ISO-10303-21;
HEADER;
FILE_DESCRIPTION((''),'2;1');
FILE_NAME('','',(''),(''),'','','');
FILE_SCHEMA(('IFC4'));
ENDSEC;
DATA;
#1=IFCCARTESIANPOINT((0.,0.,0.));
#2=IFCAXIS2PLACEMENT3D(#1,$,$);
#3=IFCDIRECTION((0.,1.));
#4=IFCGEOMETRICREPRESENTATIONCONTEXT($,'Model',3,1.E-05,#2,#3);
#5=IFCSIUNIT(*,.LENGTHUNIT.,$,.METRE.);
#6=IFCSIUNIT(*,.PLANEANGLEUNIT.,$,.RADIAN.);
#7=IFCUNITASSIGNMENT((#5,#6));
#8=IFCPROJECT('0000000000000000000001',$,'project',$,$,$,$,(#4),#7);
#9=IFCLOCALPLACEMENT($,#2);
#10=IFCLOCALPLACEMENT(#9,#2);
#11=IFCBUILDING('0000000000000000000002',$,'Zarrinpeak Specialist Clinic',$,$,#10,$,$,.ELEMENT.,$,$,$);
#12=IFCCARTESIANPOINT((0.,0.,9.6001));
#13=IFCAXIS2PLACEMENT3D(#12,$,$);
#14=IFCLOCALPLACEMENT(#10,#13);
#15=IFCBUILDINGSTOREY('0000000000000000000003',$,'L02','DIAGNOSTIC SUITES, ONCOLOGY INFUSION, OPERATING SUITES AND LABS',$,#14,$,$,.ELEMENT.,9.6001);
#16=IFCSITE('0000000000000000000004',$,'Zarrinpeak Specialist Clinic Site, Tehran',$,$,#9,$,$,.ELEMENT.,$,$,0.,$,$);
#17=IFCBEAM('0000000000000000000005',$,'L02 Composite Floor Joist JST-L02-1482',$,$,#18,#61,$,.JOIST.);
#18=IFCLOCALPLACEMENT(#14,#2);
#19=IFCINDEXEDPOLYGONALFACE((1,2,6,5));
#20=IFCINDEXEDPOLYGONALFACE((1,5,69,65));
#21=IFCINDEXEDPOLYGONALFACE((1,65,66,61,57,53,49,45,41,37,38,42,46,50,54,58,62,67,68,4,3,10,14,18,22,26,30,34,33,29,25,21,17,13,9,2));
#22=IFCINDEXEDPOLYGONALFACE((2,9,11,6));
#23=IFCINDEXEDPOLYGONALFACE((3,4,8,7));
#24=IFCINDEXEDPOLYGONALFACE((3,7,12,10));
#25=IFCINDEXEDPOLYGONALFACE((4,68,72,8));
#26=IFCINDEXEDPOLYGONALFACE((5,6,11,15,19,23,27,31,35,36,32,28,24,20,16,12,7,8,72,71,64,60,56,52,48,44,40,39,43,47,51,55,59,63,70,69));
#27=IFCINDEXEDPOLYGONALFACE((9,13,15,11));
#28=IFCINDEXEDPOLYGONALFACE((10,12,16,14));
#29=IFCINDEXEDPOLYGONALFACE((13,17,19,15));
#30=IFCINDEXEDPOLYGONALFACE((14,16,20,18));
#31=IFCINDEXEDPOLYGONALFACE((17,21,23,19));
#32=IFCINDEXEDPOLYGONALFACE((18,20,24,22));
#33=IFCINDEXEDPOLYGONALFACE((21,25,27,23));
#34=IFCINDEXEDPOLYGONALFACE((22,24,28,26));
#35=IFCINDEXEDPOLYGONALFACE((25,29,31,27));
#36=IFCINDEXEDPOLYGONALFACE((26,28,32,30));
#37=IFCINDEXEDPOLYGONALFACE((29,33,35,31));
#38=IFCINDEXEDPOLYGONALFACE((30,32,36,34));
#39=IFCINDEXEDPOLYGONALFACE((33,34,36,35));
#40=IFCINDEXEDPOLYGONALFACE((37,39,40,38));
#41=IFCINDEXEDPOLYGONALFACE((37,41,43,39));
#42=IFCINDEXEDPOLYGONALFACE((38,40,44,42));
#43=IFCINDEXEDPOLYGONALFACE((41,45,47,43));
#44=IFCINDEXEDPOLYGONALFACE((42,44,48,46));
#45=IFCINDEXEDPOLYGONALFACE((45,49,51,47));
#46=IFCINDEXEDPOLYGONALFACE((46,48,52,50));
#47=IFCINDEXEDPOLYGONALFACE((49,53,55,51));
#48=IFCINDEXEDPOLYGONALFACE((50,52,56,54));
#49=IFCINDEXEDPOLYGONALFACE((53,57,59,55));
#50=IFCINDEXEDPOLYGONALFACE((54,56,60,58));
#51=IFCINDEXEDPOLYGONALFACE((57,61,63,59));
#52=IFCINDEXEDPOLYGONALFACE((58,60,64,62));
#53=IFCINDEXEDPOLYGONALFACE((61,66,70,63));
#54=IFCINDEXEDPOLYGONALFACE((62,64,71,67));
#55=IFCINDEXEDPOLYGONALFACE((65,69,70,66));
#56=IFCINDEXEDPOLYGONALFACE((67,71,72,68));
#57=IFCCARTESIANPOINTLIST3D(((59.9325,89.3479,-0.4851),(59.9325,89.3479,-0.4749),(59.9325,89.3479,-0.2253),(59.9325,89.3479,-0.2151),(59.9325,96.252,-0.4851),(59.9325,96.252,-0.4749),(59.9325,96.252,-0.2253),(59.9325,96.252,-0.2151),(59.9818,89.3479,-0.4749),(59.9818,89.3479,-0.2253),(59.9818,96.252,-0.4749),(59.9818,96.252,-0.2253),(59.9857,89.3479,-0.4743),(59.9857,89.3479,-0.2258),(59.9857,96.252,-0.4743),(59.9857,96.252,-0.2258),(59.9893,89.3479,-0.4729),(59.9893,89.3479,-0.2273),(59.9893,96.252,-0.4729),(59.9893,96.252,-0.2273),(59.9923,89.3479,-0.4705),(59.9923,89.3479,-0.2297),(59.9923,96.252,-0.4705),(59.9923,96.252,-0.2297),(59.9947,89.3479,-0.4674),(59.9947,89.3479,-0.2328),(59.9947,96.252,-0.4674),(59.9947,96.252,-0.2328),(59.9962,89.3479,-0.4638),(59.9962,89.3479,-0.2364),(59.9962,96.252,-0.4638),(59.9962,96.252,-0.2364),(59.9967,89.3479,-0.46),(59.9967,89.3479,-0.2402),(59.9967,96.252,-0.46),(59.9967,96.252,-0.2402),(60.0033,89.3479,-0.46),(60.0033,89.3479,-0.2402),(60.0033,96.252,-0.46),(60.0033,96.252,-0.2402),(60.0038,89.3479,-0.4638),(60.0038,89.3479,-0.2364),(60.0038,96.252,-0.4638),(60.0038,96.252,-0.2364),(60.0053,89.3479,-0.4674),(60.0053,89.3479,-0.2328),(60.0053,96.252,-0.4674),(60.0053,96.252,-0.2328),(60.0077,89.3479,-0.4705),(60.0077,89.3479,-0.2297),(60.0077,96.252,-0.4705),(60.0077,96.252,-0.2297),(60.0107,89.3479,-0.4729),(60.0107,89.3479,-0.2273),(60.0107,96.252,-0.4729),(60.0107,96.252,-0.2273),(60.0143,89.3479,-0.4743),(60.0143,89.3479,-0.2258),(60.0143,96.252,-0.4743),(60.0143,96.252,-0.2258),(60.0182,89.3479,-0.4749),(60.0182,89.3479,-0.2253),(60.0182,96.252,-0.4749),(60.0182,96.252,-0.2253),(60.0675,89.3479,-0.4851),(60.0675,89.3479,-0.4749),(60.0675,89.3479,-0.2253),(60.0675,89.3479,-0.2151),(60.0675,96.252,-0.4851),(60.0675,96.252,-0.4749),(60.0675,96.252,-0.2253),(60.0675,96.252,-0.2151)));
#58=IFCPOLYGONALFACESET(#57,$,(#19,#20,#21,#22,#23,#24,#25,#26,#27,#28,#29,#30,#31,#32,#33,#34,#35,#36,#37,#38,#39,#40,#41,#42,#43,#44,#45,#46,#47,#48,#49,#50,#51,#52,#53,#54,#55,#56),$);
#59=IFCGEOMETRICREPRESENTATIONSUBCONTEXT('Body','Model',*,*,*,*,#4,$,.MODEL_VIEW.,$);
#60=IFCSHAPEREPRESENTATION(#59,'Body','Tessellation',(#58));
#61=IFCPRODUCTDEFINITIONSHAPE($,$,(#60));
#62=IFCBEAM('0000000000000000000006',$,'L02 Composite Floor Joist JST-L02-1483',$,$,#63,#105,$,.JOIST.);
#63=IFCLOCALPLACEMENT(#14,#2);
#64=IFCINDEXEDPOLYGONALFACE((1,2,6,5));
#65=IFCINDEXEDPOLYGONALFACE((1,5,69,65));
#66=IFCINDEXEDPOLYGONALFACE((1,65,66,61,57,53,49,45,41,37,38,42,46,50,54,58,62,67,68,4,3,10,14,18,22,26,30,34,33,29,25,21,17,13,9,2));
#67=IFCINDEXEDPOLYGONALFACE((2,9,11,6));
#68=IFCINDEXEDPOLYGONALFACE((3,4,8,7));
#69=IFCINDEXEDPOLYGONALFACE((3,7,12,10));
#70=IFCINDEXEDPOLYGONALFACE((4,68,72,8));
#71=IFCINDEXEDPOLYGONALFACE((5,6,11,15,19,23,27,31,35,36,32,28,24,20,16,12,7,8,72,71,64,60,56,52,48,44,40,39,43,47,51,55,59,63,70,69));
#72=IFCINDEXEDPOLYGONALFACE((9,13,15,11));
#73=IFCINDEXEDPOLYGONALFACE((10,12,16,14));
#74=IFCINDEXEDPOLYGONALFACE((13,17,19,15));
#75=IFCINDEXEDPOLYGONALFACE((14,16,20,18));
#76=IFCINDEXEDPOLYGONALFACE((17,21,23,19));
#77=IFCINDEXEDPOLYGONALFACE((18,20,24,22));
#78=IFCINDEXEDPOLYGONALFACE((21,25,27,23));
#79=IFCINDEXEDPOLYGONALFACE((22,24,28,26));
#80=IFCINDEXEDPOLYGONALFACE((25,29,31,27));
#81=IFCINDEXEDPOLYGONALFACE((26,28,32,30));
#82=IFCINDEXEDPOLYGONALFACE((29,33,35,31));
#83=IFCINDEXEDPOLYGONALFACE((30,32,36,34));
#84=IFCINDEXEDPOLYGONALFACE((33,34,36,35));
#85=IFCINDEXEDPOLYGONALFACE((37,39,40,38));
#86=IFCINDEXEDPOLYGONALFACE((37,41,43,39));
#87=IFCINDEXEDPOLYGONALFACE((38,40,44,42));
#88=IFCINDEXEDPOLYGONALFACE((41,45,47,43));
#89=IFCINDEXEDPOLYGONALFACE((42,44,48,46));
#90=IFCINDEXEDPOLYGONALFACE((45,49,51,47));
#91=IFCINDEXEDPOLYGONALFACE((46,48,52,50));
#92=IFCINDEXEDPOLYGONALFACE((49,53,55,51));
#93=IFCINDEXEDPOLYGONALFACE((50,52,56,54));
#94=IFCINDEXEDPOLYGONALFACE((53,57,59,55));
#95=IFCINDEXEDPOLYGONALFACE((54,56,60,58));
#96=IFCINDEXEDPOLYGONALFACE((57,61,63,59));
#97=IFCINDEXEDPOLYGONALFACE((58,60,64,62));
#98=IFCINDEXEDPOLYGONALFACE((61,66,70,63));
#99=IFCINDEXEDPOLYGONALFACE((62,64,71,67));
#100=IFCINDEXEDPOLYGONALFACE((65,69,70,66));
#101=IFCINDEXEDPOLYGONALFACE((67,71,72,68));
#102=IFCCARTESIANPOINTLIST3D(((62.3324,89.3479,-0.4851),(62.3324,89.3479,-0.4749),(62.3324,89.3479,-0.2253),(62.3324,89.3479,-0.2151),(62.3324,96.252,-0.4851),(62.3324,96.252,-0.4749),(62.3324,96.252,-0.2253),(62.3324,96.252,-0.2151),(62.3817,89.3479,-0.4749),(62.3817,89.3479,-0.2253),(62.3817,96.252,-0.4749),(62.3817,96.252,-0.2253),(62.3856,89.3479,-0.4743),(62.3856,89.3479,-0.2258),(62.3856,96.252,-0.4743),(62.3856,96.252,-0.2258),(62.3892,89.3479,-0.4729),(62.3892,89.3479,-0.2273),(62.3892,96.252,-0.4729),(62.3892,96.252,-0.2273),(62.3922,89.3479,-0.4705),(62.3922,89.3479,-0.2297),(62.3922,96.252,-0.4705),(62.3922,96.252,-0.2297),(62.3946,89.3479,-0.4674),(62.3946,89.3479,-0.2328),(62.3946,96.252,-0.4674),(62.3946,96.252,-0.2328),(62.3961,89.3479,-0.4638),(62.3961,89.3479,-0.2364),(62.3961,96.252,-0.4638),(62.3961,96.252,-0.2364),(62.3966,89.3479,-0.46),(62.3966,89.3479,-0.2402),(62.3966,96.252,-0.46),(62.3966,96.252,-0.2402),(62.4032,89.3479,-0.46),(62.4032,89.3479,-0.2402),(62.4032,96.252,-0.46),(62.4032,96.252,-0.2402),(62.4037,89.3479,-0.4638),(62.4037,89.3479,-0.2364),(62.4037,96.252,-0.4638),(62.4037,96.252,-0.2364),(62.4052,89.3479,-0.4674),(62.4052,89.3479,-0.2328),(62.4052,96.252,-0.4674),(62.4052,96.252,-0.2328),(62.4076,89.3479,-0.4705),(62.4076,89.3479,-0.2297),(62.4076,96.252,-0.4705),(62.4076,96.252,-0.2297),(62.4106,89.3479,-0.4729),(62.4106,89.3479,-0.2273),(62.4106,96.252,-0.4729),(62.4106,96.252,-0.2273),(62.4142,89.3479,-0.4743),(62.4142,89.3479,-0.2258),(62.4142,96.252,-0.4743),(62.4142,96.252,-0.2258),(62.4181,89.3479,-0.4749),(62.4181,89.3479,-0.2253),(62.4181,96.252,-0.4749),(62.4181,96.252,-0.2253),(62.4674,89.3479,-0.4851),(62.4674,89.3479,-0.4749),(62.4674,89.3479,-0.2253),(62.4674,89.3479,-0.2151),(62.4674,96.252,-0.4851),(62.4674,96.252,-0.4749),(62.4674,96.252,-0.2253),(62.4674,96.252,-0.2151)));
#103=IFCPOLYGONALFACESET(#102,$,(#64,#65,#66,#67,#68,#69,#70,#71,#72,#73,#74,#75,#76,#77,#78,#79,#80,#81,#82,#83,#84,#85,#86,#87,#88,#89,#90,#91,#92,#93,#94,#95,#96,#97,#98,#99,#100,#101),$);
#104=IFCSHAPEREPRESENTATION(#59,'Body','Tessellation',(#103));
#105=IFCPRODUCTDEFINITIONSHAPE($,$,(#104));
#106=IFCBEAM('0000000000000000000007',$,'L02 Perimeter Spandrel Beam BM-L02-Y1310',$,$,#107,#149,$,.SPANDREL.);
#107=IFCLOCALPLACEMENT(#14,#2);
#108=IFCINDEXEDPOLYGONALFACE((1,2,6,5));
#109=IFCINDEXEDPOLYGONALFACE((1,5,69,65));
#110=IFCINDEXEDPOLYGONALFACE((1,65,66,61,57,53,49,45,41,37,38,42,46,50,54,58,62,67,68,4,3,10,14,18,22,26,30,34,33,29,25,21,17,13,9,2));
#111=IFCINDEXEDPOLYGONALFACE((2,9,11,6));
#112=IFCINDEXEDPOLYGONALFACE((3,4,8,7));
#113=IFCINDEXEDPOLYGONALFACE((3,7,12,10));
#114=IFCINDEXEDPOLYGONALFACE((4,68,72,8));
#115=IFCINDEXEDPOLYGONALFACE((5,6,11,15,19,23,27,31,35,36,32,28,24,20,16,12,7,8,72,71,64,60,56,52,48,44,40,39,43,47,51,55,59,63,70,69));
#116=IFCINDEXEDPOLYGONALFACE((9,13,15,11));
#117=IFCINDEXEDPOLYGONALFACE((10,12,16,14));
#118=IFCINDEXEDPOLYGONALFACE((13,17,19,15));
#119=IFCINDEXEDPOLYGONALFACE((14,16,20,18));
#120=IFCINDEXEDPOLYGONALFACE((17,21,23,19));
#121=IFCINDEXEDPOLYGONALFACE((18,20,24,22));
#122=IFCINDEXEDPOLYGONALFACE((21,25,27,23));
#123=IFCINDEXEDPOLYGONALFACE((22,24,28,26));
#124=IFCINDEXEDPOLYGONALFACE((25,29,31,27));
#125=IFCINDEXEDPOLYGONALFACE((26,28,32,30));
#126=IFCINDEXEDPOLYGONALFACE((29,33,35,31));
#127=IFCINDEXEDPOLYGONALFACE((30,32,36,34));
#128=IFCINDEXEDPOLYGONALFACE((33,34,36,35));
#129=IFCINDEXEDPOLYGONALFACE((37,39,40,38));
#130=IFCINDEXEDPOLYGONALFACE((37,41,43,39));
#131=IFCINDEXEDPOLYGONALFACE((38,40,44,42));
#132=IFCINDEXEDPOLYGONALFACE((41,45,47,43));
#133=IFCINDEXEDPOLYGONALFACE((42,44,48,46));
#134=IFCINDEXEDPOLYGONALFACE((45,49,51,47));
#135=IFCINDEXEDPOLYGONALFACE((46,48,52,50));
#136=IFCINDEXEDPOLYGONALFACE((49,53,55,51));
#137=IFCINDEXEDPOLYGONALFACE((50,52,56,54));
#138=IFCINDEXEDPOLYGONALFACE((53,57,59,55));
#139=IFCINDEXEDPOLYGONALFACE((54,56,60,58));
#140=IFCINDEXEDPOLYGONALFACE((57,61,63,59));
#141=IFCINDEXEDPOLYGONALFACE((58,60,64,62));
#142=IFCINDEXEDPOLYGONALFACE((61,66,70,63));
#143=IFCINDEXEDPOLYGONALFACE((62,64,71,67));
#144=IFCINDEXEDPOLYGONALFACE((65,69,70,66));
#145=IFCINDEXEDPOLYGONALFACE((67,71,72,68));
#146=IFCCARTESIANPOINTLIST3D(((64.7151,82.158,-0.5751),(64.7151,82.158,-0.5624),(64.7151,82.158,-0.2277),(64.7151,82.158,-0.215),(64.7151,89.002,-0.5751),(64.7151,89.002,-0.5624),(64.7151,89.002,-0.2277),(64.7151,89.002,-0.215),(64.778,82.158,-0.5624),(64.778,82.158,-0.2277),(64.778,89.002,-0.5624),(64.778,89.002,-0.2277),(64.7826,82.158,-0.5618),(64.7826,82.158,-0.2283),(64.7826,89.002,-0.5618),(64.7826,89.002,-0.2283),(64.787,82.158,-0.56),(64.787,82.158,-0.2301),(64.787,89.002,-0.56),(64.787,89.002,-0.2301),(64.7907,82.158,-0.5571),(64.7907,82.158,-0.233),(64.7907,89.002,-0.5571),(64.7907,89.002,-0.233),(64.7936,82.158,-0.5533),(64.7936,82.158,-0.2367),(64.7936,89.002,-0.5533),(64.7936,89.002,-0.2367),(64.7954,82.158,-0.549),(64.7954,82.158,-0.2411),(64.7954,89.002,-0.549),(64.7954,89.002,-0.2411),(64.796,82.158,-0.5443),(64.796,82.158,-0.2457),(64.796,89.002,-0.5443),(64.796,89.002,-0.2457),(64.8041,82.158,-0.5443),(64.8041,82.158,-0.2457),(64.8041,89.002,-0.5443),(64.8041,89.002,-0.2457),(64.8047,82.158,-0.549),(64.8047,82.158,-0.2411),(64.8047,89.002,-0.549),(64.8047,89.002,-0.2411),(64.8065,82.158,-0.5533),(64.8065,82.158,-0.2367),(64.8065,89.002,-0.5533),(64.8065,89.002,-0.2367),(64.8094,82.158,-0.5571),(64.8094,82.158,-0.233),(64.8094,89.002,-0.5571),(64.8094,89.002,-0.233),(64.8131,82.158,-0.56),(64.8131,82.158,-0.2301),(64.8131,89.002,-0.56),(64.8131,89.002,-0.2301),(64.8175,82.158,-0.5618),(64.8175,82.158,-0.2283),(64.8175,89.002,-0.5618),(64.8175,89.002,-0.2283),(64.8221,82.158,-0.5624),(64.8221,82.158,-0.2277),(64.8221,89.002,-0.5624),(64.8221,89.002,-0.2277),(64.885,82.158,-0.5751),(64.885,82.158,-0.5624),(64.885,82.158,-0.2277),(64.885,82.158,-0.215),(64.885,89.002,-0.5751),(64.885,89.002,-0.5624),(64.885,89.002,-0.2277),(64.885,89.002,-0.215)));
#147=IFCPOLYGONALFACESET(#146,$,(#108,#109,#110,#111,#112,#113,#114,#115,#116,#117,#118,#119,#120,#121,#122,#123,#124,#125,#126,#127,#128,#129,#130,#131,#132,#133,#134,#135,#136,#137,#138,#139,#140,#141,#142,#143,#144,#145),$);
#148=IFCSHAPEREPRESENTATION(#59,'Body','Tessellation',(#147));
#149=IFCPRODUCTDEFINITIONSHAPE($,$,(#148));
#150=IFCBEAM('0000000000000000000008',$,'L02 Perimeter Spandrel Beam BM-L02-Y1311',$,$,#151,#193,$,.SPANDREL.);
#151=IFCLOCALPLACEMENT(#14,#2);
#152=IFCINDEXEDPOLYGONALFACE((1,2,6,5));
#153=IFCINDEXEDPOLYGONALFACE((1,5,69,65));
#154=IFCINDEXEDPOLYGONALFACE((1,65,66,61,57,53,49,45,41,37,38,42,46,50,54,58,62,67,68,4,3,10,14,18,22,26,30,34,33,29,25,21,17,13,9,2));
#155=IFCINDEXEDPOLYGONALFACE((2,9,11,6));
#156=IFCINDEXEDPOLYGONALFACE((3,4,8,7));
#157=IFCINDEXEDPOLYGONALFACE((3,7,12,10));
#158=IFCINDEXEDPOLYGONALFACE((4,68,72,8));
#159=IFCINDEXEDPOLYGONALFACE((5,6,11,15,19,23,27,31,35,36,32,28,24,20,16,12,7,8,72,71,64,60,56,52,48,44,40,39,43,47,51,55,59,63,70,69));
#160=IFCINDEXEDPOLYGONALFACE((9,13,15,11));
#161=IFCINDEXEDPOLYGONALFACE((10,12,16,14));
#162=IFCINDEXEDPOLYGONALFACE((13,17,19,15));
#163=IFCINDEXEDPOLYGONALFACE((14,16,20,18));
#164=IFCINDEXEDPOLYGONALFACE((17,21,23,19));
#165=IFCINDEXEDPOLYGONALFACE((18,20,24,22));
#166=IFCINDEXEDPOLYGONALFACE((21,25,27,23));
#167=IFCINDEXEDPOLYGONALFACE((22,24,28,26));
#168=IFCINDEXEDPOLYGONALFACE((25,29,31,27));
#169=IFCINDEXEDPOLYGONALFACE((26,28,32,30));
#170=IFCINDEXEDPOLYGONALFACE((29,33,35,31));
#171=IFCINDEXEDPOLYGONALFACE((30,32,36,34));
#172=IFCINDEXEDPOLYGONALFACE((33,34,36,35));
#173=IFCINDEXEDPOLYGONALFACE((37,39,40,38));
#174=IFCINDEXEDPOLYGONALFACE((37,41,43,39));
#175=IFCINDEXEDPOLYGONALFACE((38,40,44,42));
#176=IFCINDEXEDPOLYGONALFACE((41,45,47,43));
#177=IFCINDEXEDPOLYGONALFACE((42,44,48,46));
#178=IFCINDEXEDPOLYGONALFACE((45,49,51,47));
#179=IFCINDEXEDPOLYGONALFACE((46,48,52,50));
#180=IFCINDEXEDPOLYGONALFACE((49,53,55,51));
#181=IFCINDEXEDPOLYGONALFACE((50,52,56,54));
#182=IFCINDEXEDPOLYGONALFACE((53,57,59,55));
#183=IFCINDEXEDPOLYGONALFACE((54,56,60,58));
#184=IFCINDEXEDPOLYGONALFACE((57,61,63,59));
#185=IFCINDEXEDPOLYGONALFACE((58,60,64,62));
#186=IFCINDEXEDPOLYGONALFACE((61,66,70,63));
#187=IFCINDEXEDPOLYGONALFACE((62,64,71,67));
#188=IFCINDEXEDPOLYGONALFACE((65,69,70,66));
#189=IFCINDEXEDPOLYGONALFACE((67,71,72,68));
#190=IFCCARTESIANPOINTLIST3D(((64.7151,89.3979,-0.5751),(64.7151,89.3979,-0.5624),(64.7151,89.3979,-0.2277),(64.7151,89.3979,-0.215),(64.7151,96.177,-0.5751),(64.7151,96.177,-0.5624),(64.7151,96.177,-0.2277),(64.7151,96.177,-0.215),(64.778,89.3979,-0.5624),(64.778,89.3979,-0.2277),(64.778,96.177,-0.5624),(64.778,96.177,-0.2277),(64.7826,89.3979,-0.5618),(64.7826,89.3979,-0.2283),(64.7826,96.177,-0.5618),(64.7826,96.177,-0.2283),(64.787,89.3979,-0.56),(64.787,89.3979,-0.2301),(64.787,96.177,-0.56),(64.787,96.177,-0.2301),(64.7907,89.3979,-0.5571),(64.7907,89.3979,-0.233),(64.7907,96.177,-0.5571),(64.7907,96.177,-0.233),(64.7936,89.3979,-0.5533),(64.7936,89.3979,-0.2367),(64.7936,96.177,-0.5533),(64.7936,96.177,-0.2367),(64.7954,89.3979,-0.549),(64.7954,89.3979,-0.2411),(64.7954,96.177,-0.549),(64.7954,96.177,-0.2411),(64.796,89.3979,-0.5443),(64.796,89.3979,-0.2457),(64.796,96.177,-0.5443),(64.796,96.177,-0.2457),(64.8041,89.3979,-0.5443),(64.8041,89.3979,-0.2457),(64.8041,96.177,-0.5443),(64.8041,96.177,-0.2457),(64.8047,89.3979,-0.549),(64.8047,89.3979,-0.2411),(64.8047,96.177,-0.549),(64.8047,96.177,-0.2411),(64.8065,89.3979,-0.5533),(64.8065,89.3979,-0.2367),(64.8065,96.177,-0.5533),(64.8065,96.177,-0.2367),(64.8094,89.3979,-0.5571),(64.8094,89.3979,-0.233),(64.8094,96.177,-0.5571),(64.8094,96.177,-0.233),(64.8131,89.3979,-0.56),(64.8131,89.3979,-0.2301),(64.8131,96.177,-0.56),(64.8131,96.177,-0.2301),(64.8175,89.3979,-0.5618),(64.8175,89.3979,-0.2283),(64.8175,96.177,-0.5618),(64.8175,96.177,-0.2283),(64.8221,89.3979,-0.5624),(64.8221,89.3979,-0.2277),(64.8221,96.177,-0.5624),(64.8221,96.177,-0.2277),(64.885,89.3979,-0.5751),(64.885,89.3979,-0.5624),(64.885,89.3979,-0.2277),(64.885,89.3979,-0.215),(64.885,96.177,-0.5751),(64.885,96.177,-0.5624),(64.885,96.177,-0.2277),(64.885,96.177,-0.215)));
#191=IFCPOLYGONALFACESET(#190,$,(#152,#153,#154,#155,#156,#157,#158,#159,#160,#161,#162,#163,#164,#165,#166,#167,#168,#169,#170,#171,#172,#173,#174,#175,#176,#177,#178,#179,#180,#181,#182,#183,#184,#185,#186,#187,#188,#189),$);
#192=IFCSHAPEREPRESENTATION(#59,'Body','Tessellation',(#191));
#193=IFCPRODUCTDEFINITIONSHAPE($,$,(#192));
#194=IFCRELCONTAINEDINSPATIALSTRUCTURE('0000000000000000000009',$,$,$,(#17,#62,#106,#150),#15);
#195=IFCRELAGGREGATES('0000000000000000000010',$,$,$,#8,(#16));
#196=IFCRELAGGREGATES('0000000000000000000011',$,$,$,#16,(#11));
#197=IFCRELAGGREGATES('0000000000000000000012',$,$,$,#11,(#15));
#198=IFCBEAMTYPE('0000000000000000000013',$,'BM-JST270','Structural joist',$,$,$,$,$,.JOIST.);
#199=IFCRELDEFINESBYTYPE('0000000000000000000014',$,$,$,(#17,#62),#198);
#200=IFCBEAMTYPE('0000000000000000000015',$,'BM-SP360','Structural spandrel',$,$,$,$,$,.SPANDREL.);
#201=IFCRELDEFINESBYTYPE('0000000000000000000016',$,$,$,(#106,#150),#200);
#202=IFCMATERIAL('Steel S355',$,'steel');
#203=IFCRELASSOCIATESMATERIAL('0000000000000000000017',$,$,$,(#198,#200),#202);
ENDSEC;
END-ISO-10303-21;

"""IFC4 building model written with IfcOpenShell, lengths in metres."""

from ifc_helpers import new_model, si_unit, direction, frame, origin, origin_2d, place, context, subcontext, project, spatial, i_section, extrude, material, material_profile, profile_set, type_object, element, save


model = new_model("IFC4")

# Units and contexts
model_context = context("Model", 3, precision=1e-05, world=origin(), true_north=direction((0.0, 1.0)))
body_context = subcontext(model_context, "Body", "Model", "MODEL_VIEW")
ifc_project = project(units=[si_unit("LENGTHUNIT", "METRE"), si_unit("PLANEANGLEUNIT", "RADIAN")], contexts=[model_context])

# Site, building, storey
site_placement = place(None, origin())
site = spatial("IfcSite", under=ifc_project, at=site_placement, Name="Zarrinpeak Specialist Clinic Site, Tehran", CompositionType="ELEMENT", RefElevation=0.0)
building_placement = place(site_placement, origin())
building = spatial("IfcBuilding", under=site, at=building_placement, Name="Zarrinpeak Specialist Clinic", CompositionType="ELEMENT")
storey_placement = place(building_placement, frame((0.0, 0.0, 9.6001)))
storey = spatial("IfcBuildingStorey", under=building, at=storey_placement, Name="L02", Description="DIAGNOSTIC SUITES, ONCOLOGY INFUSION, OPERATING SUITES AND LABS", CompositionType="ELEMENT", Elevation=9.6001)

# Shared definitions
ifc_material_1 = material(Name="Steel S355", Category="steel")

# Beams
ifc_material_profile_1 = material_profile(ifc_material_1, i_section(OverallWidth=0.135, OverallDepth=0.27, WebThickness=0.0066, FlangeThickness=0.0103, FilletRadius=0.0149, at=origin_2d()), Name="IPE 270")
ifc_profile_set_1 = profile_set([ifc_material_profile_1], Name="Steel S355")
beam_type_1 = type_object("IfcBeamType", Name="BM-JST270", Description="Structural joist", PredefinedType="JOIST", material=ifc_profile_set_1)
for number, where, z_axis, x_axis, name in (
    (1, (60.0, 89.3479, -0.3501), (0.0, 1.0, 0.0), (-1.0, 0.0, 0.0), "L02 Composite Floor Joist JST-L02-1482"),
    (2, (62.3999, 89.3479, -0.3501), (0.0, 1.0, 0.0), (-1.0, 0.0, 0.0), "L02 Composite Floor Joist JST-L02-1483"),
):
    element("IfcBeam", number, at=place(storey_placement, frame(where, z_axis=z_axis, x_axis=x_axis)), inside=storey, type_object=beam_type_1, Name=name, PredefinedType="JOIST", context=body_context, shape_type="SweptSolid", body=[
        extrude(i_section(OverallWidth=0.135, OverallDepth=0.27, WebThickness=0.0066, FlangeThickness=0.0103, FilletRadius=0.0149, at=origin_2d()), origin(), (0.0, 0.0, 1.0), 6.9041),
    ])
ifc_material_profile_2 = material_profile(ifc_material_1, i_section(OverallWidth=0.1699, OverallDepth=0.3601, WebThickness=0.0081, FlangeThickness=0.0127, FilletRadius=0.0181, at=origin_2d()), Name="IPE 360")
ifc_profile_set_2 = profile_set([ifc_material_profile_2], Name="Steel S355")
beam_type_2 = type_object("IfcBeamType", Name="BM-SP360", Description="Structural spandrel", PredefinedType="SPANDREL", material=ifc_profile_set_2)
beam_1_placement = place(storey_placement, frame((64.8, 82.158, -0.395), z_axis=(0.0, 1.0, 0.0), x_axis=(-1.0, 0.0, 0.0)))
element("IfcBeam", 3, at=beam_1_placement, inside=storey, type_object=beam_type_2, Name="L02 Perimeter Spandrel Beam BM-L02-Y1310", PredefinedType="SPANDREL", context=body_context, shape_type="SweptSolid", body=[
    extrude(i_section(OverallWidth=0.1699, OverallDepth=0.3601, WebThickness=0.0081, FlangeThickness=0.0127, FilletRadius=0.0181, at=origin_2d()), origin(), (0.0, 0.0, 1.0), 6.844),
])
beam_2_placement = place(storey_placement, frame((64.8, 89.3979, -0.395), z_axis=(0.0, 1.0, 0.0), x_axis=(-1.0, 0.0, 0.0)))
element("IfcBeam", 4, at=beam_2_placement, inside=storey, type_object=beam_type_2, Name="L02 Perimeter Spandrel Beam BM-L02-Y1311", PredefinedType="SPANDREL", context=body_context, shape_type="SweptSolid", body=[
    extrude(i_section(OverallWidth=0.1699, OverallDepth=0.3601, WebThickness=0.0081, FlangeThickness=0.0127, FilletRadius=0.0181, at=origin_2d()), origin(), (0.0, 0.0, 1.0), 6.7791),
])

save(model, "model.ifc")
